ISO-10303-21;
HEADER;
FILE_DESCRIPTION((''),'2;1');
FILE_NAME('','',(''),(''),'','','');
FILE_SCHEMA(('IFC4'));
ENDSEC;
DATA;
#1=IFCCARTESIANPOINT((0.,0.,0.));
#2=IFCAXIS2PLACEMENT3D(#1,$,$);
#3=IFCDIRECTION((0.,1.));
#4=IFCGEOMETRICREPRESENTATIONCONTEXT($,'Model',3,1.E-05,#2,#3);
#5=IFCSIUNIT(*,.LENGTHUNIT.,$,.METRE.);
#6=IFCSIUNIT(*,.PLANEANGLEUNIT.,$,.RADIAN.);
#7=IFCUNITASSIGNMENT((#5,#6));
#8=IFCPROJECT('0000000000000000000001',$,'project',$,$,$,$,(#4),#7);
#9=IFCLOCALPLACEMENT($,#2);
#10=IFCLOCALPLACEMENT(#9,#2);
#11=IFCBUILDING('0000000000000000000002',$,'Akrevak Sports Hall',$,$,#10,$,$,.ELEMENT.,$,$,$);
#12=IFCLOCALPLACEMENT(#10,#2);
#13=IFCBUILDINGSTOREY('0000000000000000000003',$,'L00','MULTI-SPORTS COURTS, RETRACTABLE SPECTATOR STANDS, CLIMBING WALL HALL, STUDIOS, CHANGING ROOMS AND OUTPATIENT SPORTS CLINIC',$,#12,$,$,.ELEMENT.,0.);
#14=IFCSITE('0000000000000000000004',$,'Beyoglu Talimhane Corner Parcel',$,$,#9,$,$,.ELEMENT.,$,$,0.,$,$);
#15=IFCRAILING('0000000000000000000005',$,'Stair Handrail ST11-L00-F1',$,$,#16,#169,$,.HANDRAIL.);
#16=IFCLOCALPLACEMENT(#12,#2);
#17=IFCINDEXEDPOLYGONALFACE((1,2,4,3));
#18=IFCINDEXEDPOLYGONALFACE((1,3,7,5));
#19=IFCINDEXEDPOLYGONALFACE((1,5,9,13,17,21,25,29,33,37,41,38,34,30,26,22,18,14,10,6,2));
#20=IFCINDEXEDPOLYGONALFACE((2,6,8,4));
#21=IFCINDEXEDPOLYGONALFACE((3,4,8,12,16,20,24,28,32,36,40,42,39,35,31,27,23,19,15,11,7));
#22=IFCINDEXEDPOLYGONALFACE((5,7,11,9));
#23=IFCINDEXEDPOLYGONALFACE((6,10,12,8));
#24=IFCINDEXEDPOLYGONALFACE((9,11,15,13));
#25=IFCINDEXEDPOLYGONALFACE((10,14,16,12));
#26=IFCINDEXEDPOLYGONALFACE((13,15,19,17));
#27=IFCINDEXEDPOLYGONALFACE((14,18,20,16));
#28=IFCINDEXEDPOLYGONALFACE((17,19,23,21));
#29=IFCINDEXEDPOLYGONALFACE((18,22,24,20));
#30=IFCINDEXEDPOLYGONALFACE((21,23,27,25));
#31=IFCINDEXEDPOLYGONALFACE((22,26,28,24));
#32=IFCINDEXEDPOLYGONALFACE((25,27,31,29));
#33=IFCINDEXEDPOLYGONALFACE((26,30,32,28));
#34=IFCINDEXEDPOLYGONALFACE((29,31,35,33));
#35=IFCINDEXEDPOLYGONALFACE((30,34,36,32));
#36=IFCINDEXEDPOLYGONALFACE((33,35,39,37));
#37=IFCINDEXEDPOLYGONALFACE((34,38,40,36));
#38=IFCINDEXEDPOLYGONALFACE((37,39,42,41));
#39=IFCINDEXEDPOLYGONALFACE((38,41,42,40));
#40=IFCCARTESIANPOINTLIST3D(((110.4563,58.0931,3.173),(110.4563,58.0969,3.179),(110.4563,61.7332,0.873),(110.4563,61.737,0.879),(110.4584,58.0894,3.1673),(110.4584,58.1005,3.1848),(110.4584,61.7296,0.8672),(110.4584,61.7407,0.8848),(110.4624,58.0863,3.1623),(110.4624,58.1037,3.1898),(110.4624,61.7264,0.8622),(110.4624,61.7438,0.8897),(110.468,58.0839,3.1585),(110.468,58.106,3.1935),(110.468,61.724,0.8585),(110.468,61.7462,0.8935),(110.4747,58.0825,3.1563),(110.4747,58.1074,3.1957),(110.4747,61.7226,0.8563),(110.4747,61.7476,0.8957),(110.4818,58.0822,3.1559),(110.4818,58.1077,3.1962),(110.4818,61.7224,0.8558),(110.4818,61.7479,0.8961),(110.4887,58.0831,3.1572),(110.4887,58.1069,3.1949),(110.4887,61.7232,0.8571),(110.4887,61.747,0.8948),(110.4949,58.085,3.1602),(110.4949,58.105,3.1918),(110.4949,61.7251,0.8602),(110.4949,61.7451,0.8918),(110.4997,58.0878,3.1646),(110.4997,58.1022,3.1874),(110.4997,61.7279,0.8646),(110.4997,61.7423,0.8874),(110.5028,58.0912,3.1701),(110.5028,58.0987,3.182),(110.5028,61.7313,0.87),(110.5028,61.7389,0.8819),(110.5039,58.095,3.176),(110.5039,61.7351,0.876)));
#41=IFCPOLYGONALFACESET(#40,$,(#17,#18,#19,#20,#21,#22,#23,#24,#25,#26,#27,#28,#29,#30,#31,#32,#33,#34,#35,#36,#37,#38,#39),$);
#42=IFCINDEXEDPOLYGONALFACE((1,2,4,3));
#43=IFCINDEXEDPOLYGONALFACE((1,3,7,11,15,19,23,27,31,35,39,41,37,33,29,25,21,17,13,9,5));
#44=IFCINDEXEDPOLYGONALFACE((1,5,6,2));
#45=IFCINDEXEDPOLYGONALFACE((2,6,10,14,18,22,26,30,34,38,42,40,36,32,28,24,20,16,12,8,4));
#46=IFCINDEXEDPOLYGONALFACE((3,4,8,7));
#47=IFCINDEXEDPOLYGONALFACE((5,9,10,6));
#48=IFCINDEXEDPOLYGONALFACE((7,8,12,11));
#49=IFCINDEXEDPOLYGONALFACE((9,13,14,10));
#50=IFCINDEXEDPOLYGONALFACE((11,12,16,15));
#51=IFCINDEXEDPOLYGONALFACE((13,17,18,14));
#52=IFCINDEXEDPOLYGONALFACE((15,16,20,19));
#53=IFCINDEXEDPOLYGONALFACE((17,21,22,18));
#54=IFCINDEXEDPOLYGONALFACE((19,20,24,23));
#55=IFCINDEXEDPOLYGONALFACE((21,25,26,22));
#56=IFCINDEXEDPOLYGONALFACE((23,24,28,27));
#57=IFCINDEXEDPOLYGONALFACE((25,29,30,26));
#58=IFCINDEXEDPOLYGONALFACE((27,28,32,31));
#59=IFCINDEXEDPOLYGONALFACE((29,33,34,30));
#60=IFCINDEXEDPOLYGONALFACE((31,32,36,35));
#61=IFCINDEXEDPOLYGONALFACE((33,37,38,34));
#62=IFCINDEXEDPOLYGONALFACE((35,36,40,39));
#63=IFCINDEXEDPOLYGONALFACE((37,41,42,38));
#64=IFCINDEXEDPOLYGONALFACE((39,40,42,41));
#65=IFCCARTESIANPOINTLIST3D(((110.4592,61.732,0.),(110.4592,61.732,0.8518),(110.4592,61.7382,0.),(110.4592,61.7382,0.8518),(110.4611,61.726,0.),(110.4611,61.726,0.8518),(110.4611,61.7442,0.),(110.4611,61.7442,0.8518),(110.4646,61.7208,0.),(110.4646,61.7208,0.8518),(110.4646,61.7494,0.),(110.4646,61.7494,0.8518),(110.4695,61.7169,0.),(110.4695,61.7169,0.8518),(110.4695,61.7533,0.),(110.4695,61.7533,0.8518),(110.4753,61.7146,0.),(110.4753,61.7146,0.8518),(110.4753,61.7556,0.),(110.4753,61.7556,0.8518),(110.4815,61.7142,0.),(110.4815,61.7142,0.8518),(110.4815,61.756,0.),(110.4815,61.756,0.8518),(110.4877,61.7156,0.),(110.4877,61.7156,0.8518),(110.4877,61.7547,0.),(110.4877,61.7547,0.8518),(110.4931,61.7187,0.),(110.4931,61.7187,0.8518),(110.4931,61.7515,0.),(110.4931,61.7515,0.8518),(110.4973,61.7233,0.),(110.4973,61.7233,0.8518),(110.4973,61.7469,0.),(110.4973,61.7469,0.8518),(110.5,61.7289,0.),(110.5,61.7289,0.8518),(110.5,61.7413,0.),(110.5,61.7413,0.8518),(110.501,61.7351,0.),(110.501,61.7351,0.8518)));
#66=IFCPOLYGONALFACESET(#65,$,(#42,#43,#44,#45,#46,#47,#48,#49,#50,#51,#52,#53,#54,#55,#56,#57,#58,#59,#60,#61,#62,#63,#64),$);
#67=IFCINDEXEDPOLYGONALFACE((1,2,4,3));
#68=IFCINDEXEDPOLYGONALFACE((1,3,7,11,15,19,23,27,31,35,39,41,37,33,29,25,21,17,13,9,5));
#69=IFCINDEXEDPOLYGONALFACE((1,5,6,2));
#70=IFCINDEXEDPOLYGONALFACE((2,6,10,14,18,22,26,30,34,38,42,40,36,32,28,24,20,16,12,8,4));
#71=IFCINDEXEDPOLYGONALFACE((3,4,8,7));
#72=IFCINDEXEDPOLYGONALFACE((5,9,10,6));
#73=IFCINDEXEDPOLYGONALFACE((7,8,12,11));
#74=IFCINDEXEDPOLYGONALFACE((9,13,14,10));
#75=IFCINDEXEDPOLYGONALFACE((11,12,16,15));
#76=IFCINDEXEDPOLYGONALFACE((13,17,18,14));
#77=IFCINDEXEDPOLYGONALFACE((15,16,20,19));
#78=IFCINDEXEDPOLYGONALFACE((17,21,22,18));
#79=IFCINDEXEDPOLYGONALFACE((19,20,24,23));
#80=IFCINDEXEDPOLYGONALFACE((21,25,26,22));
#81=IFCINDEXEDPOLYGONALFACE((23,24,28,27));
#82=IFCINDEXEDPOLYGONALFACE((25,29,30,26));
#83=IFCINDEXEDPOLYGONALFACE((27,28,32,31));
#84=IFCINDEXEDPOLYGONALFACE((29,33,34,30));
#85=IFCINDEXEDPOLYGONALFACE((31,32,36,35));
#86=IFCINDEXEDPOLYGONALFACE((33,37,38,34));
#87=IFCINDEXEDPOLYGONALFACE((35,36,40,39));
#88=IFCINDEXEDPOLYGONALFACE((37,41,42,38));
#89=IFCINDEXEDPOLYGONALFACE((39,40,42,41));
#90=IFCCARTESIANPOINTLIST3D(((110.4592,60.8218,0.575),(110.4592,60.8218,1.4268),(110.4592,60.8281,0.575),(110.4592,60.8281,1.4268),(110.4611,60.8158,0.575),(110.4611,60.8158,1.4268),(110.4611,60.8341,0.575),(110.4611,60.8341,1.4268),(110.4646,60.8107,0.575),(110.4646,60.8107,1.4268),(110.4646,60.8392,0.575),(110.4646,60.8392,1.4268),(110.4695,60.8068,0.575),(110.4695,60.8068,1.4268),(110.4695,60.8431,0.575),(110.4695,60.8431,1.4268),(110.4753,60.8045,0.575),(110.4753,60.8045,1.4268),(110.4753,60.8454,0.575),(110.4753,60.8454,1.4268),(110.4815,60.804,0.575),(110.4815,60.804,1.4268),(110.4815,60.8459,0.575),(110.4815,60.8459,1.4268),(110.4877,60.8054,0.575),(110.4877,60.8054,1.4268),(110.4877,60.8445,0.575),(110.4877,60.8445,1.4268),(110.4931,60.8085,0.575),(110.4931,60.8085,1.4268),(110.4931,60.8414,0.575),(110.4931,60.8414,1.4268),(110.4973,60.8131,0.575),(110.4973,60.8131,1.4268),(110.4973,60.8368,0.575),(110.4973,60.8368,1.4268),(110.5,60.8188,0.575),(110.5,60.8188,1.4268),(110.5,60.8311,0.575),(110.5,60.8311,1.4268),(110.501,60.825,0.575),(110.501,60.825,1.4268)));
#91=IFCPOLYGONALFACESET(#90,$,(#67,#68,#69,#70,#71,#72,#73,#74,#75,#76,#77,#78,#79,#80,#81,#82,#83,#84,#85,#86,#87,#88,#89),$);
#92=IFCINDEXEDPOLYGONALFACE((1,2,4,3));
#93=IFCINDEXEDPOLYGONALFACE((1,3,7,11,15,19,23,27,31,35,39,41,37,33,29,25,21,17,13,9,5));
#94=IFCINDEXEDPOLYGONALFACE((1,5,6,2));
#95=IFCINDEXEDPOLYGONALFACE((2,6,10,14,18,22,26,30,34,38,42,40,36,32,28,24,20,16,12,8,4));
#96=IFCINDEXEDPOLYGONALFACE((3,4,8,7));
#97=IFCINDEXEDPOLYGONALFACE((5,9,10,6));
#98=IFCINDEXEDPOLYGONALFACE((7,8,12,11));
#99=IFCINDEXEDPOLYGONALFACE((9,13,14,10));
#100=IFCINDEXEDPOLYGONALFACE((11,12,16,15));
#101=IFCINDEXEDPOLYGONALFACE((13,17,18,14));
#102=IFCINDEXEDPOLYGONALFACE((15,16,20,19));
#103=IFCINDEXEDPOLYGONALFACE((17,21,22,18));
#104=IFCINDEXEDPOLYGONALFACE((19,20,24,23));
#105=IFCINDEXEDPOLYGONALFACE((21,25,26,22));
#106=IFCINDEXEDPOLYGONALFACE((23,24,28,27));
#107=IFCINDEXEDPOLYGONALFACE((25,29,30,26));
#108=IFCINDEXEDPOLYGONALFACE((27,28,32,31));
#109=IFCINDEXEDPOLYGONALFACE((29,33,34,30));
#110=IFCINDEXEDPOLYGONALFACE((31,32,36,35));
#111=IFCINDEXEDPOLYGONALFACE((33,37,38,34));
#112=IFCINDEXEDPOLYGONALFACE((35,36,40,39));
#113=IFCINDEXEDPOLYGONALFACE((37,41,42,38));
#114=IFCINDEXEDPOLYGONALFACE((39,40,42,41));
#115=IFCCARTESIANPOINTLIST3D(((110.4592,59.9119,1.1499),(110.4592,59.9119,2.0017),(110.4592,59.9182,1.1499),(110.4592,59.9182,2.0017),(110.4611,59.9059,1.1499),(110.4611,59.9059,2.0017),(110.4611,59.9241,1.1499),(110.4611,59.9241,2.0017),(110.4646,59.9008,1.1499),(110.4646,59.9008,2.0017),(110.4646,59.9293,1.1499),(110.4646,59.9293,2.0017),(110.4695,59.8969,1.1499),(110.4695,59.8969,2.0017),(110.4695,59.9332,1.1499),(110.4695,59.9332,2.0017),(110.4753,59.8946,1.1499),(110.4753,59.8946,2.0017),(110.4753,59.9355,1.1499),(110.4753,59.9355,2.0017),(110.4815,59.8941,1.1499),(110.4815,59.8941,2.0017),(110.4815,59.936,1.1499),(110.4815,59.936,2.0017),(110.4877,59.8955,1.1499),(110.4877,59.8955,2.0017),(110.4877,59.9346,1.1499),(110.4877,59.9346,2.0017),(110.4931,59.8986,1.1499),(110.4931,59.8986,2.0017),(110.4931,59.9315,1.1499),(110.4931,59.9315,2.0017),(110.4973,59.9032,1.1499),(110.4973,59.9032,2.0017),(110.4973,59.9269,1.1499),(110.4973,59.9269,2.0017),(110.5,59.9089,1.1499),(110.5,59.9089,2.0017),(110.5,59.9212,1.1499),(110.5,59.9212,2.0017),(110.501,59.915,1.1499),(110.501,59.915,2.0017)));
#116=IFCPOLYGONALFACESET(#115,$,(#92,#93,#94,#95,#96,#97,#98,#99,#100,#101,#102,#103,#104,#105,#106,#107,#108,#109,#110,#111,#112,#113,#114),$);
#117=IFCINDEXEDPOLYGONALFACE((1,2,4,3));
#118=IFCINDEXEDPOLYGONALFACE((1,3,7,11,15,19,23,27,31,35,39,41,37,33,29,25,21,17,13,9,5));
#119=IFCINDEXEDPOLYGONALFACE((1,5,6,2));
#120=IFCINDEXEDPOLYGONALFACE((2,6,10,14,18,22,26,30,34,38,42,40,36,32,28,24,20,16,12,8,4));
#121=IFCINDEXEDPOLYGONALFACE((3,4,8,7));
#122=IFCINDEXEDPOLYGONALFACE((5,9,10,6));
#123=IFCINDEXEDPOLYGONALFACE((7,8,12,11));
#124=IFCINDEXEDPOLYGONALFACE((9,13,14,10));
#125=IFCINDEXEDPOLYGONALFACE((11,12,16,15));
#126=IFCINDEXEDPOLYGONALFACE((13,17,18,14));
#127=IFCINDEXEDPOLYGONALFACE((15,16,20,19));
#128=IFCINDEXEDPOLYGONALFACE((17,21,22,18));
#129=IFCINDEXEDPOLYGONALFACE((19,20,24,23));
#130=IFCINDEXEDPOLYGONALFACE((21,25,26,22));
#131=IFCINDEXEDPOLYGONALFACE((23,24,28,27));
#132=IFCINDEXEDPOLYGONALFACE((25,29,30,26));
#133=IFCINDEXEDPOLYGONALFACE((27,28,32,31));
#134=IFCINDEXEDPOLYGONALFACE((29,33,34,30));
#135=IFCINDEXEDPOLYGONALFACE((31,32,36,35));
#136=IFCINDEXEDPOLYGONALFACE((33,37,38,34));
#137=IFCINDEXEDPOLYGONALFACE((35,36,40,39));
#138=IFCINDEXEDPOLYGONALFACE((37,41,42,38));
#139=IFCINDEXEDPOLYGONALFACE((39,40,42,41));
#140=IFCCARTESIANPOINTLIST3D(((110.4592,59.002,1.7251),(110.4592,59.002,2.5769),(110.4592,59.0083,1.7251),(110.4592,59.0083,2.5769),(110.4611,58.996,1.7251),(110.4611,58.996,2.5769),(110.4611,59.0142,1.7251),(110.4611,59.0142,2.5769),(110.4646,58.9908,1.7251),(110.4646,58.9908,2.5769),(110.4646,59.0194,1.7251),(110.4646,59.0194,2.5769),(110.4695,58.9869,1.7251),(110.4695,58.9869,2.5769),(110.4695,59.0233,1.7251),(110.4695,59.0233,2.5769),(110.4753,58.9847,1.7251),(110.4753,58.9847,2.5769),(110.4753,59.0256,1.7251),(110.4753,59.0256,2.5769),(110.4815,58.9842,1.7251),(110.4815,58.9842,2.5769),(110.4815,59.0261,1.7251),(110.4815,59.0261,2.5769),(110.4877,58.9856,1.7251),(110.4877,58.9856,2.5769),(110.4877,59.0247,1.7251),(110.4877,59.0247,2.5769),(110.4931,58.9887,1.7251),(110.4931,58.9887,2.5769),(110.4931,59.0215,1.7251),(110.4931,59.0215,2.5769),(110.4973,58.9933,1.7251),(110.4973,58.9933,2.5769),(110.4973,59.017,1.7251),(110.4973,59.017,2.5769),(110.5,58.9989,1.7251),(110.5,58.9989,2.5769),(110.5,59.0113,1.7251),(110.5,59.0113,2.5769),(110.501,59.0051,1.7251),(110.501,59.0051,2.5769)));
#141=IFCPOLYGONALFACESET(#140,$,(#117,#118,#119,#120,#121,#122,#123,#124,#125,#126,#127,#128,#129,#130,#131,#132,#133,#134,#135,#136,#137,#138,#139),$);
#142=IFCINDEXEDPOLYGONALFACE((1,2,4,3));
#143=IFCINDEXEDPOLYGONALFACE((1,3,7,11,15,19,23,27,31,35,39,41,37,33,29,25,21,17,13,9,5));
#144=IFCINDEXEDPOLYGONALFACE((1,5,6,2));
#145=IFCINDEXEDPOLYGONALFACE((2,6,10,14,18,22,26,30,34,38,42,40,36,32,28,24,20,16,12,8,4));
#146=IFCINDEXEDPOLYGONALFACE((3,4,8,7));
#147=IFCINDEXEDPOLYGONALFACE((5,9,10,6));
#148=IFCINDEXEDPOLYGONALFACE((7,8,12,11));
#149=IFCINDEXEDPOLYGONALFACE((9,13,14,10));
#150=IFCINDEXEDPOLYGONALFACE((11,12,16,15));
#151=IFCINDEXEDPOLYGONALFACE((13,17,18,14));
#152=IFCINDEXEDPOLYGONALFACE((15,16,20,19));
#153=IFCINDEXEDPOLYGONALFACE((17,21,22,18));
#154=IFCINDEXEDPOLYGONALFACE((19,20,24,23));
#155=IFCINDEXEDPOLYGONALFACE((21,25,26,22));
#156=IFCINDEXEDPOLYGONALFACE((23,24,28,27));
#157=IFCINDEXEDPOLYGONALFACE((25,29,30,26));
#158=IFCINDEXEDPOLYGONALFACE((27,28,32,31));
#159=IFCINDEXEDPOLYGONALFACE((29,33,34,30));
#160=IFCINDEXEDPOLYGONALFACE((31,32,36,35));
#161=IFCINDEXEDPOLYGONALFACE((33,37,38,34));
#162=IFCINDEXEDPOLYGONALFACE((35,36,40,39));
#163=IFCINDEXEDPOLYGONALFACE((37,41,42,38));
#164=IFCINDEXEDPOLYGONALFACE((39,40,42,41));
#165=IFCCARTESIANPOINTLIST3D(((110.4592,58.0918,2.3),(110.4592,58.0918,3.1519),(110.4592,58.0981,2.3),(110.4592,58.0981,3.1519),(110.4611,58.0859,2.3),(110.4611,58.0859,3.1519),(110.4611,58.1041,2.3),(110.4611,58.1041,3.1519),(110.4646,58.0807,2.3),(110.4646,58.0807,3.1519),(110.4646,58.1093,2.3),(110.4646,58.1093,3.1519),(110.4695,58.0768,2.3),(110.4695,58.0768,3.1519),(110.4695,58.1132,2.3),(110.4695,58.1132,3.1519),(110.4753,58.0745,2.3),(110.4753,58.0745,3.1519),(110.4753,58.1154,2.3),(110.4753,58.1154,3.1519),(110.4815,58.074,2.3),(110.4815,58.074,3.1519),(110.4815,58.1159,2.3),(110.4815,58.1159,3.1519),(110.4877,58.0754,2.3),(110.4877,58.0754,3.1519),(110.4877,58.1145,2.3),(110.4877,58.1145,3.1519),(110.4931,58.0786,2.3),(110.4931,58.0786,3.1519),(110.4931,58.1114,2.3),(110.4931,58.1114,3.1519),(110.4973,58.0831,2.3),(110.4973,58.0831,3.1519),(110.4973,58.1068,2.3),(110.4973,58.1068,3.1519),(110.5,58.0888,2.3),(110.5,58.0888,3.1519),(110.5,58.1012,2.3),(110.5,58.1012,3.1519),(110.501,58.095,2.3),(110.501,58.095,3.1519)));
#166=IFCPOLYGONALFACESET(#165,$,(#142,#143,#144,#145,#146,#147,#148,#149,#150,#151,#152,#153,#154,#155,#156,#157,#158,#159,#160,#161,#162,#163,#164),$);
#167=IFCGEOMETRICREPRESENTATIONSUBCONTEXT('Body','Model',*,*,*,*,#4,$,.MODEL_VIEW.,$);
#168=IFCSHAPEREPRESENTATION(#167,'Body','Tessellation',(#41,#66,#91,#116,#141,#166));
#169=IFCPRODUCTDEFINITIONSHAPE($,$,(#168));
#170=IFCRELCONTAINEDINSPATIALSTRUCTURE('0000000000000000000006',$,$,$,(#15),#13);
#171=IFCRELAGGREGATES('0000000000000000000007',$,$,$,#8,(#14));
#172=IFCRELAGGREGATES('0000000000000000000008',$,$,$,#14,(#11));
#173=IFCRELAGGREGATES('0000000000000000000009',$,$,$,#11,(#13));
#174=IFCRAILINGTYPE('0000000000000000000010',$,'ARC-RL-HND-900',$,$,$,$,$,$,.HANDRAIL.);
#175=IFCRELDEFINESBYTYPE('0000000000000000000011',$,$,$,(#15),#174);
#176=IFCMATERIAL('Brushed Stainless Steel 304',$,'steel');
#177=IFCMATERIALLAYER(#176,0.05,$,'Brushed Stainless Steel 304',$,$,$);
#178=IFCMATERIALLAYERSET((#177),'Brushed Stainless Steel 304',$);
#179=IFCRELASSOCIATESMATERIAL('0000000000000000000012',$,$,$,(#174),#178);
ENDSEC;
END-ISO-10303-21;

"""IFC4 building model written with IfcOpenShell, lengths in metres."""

from ifc_helpers import new_model, si_unit, direction, frame, origin, origin_2d, place, context, subcontext, project, spatial, circle, extrude, material, layer, layer_set, type_object, element, save


model = new_model("IFC4")

# Units and contexts
model_context = context("Model", 3, precision=1e-05, world=origin(), true_north=direction((0.0, 1.0)))
body_context = subcontext(model_context, "Body", "Model", "MODEL_VIEW")
ifc_project = project(units=[si_unit("LENGTHUNIT", "METRE"), si_unit("PLANEANGLEUNIT", "RADIAN")], contexts=[model_context])

# Site, building, storey
site_placement = place(None, origin())
site = spatial("IfcSite", under=ifc_project, at=site_placement, Name="Beyoglu Talimhane Corner Parcel", CompositionType="ELEMENT", RefElevation=0.0)
building_placement = place(site_placement, origin())
building = spatial("IfcBuilding", under=site, at=building_placement, Name="Akrevak Sports Hall", CompositionType="ELEMENT")
storey_placement = place(building_placement, origin())
storey = spatial("IfcBuildingStorey", under=building, at=storey_placement, Name="L00", Description="MULTI-SPORTS COURTS, RETRACTABLE SPECTATOR STANDS, CLIMBING WALL HALL, STUDIOS, CHANGING ROOMS AND OUTPATIENT SPORTS CLINIC", CompositionType="ELEMENT", Elevation=0.0)

# Railing
ifc_material_1 = material(Name="Brushed Stainless Steel 304", Category="steel")
ifc_layer_1 = layer(ifc_material_1, 0.05, Name="Brushed Stainless Steel 304")
ifc_layer_set_1 = layer_set([ifc_layer_1], Name="Brushed Stainless Steel 304")
railing_type_1 = type_object("IfcRailingType", Name="ARC-RL-HND-900", PredefinedType="HANDRAIL", material=ifc_layer_set_1)
railing_1_placement = place(storey_placement, frame((110.48, 61.7351, 0.0)))
element("IfcRailing", 1, at=railing_1_placement, inside=storey, type_object=railing_type_1, Name="Stair Handrail ST11-L00-F1", PredefinedType="HANDRAIL", context=body_context, shape_type="SweptSolid", body=[
    extrude(circle(Radius=0.0239, at=origin_2d()), frame((0.0, 0.0, 0.876), z_axis=(0.0, -0.845382, 0.534162), x_axis=(1.0, 0.0, 0.0)), (0.0, 0.0, 1.0), 4.3059),
    extrude(circle(Radius=0.021, at=origin_2d()), origin(), (0.0, 0.0, 1.0), 0.8518),
    extrude(circle(Radius=0.021, at=origin_2d()), frame((0.0, -0.9102, 0.575)), (0.0, 0.0, 1.0), 0.8518),
    extrude(circle(Radius=0.021, at=origin_2d()), frame((0.0, -1.8201, 1.1499)), (0.0, 0.0, 1.0), 0.8518),
    extrude(circle(Radius=0.021, at=origin_2d()), frame((0.0, -2.73, 1.7251)), (0.0, 0.0, 1.0), 0.8518),
    extrude(circle(Radius=0.021, at=origin_2d()), frame((0.0, -3.6401, 2.3)), (0.0, 0.0, 1.0), 0.8518),
])

save(model, "model.ifc")
